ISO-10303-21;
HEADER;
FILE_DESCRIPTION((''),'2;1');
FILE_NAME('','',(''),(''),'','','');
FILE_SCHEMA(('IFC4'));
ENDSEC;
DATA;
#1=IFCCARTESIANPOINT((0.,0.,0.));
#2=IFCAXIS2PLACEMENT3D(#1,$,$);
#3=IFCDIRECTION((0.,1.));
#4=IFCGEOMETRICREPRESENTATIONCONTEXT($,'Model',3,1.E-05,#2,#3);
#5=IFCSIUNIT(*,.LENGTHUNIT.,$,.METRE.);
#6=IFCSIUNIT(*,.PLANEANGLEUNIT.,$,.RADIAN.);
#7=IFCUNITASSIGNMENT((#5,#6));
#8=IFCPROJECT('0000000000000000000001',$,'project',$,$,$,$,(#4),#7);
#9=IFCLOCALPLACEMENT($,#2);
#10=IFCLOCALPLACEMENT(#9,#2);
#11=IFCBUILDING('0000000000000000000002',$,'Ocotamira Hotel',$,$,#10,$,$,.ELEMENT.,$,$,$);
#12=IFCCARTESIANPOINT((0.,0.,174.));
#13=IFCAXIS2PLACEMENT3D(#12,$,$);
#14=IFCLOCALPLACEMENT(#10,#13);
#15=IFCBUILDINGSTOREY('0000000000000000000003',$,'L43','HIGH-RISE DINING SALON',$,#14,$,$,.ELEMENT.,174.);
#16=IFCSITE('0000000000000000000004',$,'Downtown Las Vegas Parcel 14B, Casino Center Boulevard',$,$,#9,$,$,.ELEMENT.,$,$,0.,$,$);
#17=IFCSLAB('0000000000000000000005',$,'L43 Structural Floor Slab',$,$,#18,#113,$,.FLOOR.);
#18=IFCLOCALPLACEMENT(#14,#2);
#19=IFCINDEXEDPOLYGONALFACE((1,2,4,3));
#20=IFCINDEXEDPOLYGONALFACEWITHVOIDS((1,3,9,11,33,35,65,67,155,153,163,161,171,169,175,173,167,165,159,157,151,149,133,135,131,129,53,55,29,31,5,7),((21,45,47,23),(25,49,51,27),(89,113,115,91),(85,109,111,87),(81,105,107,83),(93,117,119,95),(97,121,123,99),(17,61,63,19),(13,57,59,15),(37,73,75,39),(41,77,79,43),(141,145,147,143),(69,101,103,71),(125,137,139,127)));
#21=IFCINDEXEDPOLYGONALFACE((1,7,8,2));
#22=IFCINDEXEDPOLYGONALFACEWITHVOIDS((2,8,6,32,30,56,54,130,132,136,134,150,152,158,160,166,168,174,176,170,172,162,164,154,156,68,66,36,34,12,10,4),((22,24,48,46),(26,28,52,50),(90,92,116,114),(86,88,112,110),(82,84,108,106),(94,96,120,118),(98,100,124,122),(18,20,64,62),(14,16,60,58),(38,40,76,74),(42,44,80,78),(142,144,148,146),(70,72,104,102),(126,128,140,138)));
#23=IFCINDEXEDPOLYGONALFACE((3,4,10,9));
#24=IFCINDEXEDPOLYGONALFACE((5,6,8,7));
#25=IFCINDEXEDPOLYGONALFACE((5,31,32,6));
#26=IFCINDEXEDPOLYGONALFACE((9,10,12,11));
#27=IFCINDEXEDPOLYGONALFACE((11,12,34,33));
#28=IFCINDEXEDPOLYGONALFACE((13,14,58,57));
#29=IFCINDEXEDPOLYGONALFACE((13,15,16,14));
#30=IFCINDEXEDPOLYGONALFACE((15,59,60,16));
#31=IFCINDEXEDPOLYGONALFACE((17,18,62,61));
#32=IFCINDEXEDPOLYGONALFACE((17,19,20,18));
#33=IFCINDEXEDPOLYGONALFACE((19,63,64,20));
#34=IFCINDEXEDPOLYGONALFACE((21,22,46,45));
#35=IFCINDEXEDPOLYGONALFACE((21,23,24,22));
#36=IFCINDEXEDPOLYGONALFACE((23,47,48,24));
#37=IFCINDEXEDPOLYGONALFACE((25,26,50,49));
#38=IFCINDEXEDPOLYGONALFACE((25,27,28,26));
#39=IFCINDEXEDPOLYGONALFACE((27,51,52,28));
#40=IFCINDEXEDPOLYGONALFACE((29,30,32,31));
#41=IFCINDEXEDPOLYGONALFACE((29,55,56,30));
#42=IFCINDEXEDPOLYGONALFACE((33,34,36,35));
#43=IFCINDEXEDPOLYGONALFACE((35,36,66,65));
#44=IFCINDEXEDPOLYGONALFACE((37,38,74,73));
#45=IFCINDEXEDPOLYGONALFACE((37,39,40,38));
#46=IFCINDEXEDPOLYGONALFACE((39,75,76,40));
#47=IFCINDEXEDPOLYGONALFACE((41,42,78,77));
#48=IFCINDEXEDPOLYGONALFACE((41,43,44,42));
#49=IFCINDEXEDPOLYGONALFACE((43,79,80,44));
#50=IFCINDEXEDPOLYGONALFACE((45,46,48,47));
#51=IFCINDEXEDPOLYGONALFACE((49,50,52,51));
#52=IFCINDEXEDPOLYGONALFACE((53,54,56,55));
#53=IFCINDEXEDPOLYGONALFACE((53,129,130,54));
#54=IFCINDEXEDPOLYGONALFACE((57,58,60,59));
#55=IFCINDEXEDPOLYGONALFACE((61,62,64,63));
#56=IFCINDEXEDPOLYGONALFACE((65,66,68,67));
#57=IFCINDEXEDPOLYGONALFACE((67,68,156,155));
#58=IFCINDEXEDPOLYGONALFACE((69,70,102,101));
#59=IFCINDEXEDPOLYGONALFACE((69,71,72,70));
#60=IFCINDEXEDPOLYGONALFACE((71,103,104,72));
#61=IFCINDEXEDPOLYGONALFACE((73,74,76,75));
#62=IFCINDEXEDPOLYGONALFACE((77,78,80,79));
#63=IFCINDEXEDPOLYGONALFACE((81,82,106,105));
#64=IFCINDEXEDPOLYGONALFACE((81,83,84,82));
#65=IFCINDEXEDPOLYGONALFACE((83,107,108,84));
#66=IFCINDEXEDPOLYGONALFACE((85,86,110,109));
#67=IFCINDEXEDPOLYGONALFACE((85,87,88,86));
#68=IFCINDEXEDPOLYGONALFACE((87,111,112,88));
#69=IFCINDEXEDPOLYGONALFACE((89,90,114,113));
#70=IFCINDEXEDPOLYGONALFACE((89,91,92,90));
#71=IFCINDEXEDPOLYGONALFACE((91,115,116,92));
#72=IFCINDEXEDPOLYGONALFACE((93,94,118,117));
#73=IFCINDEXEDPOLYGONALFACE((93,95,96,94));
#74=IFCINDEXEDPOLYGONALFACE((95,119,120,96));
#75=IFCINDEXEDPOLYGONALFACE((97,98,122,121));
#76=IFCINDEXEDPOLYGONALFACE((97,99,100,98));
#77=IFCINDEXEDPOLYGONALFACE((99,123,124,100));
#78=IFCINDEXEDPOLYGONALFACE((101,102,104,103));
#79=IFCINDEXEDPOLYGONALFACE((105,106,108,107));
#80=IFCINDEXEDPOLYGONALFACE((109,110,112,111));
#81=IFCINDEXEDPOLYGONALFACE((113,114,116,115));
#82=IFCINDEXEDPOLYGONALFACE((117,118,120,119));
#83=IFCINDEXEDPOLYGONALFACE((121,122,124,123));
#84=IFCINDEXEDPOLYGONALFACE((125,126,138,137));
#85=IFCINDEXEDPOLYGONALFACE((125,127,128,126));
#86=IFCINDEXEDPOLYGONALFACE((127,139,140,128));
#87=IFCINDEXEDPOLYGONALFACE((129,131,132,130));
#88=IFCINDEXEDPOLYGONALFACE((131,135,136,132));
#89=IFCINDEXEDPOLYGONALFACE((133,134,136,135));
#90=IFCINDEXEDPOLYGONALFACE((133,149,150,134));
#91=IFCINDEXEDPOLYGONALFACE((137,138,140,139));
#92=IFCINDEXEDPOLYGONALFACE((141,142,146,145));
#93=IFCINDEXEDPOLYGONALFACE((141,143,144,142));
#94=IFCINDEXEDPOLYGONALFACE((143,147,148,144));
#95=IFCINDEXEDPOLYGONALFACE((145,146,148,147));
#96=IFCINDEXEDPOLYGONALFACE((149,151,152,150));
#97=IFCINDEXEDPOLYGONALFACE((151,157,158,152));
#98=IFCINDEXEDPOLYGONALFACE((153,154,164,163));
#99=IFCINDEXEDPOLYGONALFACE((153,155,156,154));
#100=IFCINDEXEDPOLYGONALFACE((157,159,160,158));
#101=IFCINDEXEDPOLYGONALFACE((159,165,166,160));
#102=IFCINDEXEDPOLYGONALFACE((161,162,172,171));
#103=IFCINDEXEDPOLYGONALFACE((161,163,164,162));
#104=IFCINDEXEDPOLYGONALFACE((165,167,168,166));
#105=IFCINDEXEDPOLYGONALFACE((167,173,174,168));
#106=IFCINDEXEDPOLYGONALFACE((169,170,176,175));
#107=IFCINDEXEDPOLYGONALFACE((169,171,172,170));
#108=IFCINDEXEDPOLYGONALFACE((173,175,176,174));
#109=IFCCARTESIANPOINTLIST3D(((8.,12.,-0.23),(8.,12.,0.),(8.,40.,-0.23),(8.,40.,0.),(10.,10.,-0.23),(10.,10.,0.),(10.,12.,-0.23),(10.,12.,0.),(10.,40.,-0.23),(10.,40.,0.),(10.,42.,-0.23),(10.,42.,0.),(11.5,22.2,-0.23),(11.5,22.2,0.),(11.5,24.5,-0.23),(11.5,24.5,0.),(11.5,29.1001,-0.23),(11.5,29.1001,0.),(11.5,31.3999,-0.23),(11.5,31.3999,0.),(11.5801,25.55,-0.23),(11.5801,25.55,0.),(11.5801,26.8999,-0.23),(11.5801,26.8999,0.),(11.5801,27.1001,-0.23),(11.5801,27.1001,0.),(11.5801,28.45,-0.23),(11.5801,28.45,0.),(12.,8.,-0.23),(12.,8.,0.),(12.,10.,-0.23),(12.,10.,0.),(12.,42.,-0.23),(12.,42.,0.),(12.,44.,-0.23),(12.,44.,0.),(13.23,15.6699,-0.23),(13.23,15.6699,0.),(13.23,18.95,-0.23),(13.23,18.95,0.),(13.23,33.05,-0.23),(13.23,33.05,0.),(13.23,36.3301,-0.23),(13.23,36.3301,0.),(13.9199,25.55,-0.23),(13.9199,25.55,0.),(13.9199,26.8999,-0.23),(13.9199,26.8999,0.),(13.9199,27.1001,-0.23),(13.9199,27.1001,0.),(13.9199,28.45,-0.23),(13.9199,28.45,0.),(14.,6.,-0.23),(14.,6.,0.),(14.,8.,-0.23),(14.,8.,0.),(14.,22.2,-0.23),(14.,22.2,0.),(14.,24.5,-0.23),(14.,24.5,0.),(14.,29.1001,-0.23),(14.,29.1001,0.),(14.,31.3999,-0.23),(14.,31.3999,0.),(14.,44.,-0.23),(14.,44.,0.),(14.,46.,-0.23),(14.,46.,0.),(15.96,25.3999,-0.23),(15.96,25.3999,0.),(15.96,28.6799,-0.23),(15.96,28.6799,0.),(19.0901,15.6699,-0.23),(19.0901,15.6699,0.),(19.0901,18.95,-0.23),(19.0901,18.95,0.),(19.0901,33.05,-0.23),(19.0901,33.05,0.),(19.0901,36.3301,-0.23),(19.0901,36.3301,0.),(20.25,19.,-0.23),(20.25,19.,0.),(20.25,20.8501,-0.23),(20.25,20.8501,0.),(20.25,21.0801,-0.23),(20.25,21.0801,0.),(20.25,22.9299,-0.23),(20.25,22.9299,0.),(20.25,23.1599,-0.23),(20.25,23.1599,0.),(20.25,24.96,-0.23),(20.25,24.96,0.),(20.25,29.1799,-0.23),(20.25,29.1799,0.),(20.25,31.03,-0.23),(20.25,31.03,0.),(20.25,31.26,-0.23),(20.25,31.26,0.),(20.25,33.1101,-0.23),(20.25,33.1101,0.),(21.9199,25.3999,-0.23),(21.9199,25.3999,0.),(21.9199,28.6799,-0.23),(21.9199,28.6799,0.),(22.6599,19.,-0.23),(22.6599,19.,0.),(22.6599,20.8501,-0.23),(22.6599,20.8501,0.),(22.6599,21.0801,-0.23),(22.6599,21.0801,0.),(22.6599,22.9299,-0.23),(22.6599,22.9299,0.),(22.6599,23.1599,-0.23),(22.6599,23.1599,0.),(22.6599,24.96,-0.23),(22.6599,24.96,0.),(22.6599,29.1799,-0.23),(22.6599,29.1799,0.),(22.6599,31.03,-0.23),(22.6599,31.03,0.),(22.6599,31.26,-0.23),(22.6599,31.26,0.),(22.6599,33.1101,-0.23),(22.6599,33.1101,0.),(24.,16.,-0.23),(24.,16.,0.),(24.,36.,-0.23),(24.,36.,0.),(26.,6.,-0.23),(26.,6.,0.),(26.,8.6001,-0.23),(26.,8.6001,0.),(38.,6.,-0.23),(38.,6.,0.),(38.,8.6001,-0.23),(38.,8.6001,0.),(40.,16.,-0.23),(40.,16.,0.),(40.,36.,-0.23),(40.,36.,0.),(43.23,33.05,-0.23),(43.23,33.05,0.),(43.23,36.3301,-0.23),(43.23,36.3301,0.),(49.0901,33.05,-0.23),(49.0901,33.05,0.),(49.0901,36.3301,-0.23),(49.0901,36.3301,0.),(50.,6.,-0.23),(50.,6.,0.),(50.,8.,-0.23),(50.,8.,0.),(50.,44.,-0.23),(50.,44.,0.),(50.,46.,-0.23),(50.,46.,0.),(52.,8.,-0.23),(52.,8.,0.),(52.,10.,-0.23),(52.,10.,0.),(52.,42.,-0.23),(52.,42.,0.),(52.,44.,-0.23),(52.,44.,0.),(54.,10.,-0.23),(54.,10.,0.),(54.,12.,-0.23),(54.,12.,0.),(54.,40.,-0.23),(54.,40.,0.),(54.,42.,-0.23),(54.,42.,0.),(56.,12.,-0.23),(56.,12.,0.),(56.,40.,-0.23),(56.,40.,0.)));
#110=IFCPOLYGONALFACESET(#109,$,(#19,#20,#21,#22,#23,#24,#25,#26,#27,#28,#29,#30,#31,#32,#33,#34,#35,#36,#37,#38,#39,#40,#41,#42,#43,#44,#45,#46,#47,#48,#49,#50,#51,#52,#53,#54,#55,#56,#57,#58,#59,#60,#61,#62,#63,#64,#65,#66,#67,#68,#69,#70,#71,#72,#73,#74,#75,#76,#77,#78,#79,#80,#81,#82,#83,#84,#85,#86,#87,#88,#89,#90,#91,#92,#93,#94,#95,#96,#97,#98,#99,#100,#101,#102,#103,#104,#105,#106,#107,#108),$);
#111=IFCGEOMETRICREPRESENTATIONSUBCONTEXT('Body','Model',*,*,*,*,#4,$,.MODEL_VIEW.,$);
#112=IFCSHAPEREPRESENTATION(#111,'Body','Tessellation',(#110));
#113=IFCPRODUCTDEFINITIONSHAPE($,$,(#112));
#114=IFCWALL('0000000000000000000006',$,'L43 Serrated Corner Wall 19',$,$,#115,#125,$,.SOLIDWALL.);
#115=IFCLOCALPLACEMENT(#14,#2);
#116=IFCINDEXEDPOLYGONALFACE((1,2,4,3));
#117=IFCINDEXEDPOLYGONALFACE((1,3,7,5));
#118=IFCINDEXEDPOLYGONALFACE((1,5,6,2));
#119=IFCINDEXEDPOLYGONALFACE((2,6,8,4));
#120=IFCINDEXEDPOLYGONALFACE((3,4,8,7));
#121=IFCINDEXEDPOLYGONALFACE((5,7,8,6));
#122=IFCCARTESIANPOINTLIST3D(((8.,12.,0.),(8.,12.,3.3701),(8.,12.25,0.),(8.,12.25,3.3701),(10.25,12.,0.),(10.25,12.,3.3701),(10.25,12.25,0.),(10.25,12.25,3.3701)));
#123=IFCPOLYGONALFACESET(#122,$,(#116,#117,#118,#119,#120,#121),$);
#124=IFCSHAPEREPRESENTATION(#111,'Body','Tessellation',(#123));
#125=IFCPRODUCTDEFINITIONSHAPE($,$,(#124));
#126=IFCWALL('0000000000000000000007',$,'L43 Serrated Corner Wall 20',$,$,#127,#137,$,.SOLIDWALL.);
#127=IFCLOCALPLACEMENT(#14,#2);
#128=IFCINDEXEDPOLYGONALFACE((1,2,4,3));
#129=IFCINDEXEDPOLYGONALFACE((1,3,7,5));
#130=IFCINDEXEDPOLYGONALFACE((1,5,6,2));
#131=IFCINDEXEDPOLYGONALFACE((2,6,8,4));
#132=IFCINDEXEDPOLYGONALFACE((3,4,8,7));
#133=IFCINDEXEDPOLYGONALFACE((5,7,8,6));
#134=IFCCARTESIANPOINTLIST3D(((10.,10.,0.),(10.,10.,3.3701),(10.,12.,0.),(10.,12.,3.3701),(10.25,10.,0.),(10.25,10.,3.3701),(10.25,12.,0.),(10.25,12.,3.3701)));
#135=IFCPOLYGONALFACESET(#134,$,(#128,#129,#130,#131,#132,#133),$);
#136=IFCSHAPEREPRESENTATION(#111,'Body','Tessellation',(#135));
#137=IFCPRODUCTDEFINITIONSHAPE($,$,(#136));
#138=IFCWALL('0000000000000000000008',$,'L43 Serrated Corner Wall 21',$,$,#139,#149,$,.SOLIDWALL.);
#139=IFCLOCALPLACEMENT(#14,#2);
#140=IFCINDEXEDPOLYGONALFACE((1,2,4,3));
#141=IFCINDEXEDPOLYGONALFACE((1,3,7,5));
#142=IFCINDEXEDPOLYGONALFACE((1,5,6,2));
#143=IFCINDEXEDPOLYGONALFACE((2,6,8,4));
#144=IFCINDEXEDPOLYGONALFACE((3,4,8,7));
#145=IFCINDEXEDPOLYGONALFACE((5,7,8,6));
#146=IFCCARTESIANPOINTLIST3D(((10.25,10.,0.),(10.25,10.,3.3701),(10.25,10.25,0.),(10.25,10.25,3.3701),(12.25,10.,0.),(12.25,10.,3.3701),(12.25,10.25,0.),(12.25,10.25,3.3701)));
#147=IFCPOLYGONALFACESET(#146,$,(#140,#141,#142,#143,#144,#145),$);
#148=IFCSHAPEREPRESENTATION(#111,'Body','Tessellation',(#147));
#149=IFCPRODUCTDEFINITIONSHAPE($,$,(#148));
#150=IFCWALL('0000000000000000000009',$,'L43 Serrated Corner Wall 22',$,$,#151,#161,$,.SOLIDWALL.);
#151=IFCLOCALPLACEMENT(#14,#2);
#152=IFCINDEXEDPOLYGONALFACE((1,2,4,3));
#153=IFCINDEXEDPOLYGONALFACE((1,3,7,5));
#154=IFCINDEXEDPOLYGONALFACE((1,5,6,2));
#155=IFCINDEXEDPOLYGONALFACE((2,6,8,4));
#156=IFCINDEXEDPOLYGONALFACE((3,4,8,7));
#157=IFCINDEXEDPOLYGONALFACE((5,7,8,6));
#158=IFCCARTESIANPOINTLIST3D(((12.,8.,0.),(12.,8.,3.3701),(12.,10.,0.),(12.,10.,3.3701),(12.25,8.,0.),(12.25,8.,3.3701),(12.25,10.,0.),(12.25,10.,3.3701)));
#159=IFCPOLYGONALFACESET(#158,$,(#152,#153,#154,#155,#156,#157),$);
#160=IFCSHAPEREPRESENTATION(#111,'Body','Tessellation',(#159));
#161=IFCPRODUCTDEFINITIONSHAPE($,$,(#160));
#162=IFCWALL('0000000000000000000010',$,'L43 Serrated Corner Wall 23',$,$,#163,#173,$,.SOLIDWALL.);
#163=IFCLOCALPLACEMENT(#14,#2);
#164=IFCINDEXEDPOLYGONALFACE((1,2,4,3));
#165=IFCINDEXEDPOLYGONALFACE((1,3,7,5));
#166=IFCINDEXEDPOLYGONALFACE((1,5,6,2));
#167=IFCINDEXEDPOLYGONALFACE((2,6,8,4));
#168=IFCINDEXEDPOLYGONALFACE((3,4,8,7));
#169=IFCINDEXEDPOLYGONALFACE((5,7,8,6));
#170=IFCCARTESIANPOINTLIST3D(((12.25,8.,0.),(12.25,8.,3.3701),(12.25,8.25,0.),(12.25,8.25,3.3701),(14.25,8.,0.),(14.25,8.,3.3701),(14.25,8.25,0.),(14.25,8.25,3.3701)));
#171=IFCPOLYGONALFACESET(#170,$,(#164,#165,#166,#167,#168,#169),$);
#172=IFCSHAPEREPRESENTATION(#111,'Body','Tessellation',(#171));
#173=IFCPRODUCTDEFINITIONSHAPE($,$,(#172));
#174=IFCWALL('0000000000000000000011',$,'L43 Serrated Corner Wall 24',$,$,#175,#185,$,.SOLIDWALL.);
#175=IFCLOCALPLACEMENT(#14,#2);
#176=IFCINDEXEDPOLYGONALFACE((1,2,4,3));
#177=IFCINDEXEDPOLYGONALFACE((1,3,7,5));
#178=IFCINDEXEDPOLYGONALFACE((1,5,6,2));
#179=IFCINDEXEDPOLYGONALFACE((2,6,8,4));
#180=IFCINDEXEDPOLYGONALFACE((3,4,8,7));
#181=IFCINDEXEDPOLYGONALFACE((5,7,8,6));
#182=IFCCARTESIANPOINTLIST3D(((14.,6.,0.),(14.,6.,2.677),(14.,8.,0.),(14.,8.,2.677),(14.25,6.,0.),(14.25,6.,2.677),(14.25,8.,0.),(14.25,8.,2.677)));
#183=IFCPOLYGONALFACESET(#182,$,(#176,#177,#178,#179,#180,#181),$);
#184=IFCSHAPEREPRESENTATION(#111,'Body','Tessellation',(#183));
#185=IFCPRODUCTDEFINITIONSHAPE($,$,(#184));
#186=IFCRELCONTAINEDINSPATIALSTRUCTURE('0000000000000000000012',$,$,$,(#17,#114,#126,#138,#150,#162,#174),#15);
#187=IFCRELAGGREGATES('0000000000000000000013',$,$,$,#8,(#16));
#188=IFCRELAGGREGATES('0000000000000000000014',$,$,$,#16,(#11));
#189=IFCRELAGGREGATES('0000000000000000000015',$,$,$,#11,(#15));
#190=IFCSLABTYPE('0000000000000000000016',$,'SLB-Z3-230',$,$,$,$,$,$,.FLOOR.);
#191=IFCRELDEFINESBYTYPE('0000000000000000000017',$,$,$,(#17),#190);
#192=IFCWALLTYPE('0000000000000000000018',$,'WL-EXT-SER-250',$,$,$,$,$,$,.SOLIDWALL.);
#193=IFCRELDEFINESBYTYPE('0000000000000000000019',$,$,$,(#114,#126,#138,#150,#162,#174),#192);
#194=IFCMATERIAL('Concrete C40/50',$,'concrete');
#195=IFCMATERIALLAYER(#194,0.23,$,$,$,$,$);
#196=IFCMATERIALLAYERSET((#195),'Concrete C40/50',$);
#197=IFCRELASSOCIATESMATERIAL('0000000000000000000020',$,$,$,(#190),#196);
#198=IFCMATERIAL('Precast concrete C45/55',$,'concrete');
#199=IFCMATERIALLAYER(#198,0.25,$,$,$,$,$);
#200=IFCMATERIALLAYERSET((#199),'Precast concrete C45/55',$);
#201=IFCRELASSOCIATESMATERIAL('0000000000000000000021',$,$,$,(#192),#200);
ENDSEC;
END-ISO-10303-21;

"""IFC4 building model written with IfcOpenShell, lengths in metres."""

from ifc_helpers import new_model, si_unit, direction, frame, frame_2d, origin, place, context, subcontext, project, spatial, polyline, rectangle, outline, extrude, material, layer, layer_set, type_object, element, save


model = new_model("IFC4")

# Units and contexts
model_context = context("Model", 3, precision=1e-05, world=origin(), true_north=direction((0.0, 1.0)))
body_context = subcontext(model_context, "Body", "Model", "MODEL_VIEW")
ifc_project = project(units=[si_unit("LENGTHUNIT", "METRE"), si_unit("PLANEANGLEUNIT", "RADIAN")], contexts=[model_context])

# Site, building, storey
site_placement = place(None, origin())
site = spatial("IfcSite", under=ifc_project, at=site_placement, Name="Downtown Las Vegas Parcel 14B, Casino Center Boulevard", CompositionType="ELEMENT", RefElevation=0.0)
building_placement = place(site_placement, origin())
building = spatial("IfcBuilding", under=site, at=building_placement, Name="Ocotamira Hotel", CompositionType="ELEMENT")
storey_placement = place(building_placement, frame((0.0, 0.0, 174.0)))
storey = spatial("IfcBuildingStorey", under=building, at=storey_placement, Name="L43", Description="HIGH-RISE DINING SALON", CompositionType="ELEMENT", Elevation=174.0)

# Shared definitions
ifc_material_1 = material(Name="Concrete C40/50", Category="concrete")

# Slab
ifc_layer_1 = layer(ifc_material_1, 0.23)
ifc_layer_set_1 = layer_set([ifc_layer_1], Name="Concrete C40/50")
slab_type_1 = type_object("IfcSlabType", Name="SLB-Z3-230", PredefinedType="FLOOR", material=ifc_layer_set_1)
slab_1_placement = place(storey_placement, frame((0.0, 0.0, -0.23)))
element("IfcSlab", 1, at=slab_1_placement, inside=storey, type_object=slab_type_1, Name="L43 Structural Floor Slab", PredefinedType="FLOOR", context=body_context, shape_type="SweptSolid", body=[
    extrude(outline(polyline([(14.0, 6.0), (14.0, 8.0), (12.0, 8.0), (12.0, 10.0), (10.0, 10.0), (10.0, 12.0), (8.0, 12.0), (8.0, 40.0), (10.0, 40.0), (10.0, 42.0), (12.0, 42.0), (12.0, 44.0), (14.0, 44.0), (14.0, 46.0), (50.0, 46.0), (50.0, 44.0), (52.0, 44.0), (52.0, 42.0), (54.0, 42.0), (54.0, 40.0), (56.0, 40.0), (56.0, 12.0), (54.0, 12.0), (54.0, 10.0), (52.0, 10.0), (52.0, 8.0), (50.0, 8.0), (50.0, 6.0), (38.0, 6.0), (38.0, 8.6001), (26.0, 8.6001), (26.0, 6.0), (14.0, 6.0)]), holes=[polyline([(24.0, 16.0), (40.0, 16.0), (40.0, 36.0), (24.0, 36.0), (24.0, 16.0)]), polyline([(13.23, 15.6699), (19.0901, 15.6699), (19.0901, 18.95), (13.23, 18.95), (13.23, 15.6699)]), polyline([(13.23, 33.05), (19.0901, 33.05), (19.0901, 36.3301), (13.23, 36.3301), (13.23, 33.05)]), polyline([(15.96, 25.3999), (21.9199, 25.3999), (21.9199, 28.6799), (15.96, 28.6799), (15.96, 25.3999)]), polyline([(43.23, 33.05), (49.0901, 33.05), (49.0901, 36.3301), (43.23, 36.3301), (43.23, 33.05)]), polyline([(20.25, 19.0), (22.6599, 19.0), (22.6599, 20.8501), (20.25, 20.8501), (20.25, 19.0)]), polyline([(20.25, 21.0801), (22.6599, 21.0801), (22.6599, 22.9299), (20.25, 22.9299), (20.25, 21.0801)]), polyline([(20.25, 23.1599), (22.6599, 23.1599), (22.6599, 24.96), (20.25, 24.96), (20.25, 23.1599)]), polyline([(20.25, 29.1799), (22.6599, 29.1799), (22.6599, 31.03), (20.25, 31.03), (20.25, 29.1799)]), polyline([(20.25, 31.26), (22.6599, 31.26), (22.6599, 33.1101), (20.25, 33.1101), (20.25, 31.26)]), polyline([(11.5, 22.2), (14.0, 22.2), (14.0, 24.5), (11.5, 24.5), (11.5, 22.2)]), polyline([(11.5, 29.1001), (14.0, 29.1001), (14.0, 31.3999), (11.5, 31.3999), (11.5, 29.1001)]), polyline([(11.5801, 25.55), (13.9199, 25.55), (13.9199, 26.8999), (11.5801, 26.8999), (11.5801, 25.55)]), polyline([(11.5801, 27.1001), (13.9199, 27.1001), (13.9199, 28.45), (11.5801, 28.45), (11.5801, 27.1001)])]), origin(), (0.0, 0.0, 1.0), 0.23),
])

# Walls
ifc_material_2 = material(Name="Precast concrete C45/55", Category="concrete")
ifc_layer_2 = layer(ifc_material_2, 0.25)
ifc_layer_set_2 = layer_set([ifc_layer_2], Name="Precast concrete C45/55")
wall_type_1 = type_object("IfcWallType", Name="WL-EXT-SER-250", PredefinedType="SOLIDWALL", material=ifc_layer_set_2)
wall_1_placement = place(storey_placement, frame((8.0, 12.125, 0.0), z_axis=(0.0, 0.0, 1.0), x_axis=(1.0, 0.0, 0.0)))
element("IfcWall", 2, at=wall_1_placement, inside=storey, type_object=wall_type_1, Name="L43 Serrated Corner Wall 19", PredefinedType="SOLIDWALL", context=body_context, shape_type="SweptSolid", body=[
    extrude(rectangle(XDim=2.25, YDim=0.25, at=frame_2d((1.125, 0.0))), origin(), (0.0, 0.0, 1.0), 3.3701),
])
for number, where, z_axis, x_axis, name in (
    (3, (10.125, 12.0, 0.0), (0.0, 0.0, 1.0), (0.0, -1.0, 0.0), "L43 Serrated Corner Wall 20"),
    (4, (10.25, 10.125, 0.0), (0.0, 0.0, 1.0), (1.0, 0.0, 0.0), "L43 Serrated Corner Wall 21"),
    (5, (12.125, 10.0, 0.0), (0.0, 0.0, 1.0), (0.0, -1.0, 0.0), "L43 Serrated Corner Wall 22"),
    (6, (12.25, 8.125, 0.0), (0.0, 0.0, 1.0), (1.0, 0.0, 0.0), "L43 Serrated Corner Wall 23"),
):
    element("IfcWall", number, at=place(storey_placement, frame(where, z_axis=z_axis, x_axis=x_axis)), inside=storey, type_object=wall_type_1, Name=name, PredefinedType="SOLIDWALL", context=body_context, shape_type="SweptSolid", body=[
        extrude(rectangle(XDim=2.0, YDim=0.25, at=frame_2d((1.0, 0.0))), origin(), (0.0, 0.0, 1.0), 3.3701),
    ])
wall_2_placement = place(storey_placement, frame((14.125, 8.0, 0.0), z_axis=(0.0, 0.0, 1.0), x_axis=(0.0, -1.0, 0.0)))
element("IfcWall", 7, at=wall_2_placement, inside=storey, type_object=wall_type_1, Name="L43 Serrated Corner Wall 24", PredefinedType="SOLIDWALL", context=body_context, shape_type="SweptSolid", body=[
    extrude(rectangle(XDim=2.0, YDim=0.25, at=frame_2d((1.0, 0.0))), origin(), (0.0, 0.0, 1.0), 2.677),
])

save(model, "model.ifc")
